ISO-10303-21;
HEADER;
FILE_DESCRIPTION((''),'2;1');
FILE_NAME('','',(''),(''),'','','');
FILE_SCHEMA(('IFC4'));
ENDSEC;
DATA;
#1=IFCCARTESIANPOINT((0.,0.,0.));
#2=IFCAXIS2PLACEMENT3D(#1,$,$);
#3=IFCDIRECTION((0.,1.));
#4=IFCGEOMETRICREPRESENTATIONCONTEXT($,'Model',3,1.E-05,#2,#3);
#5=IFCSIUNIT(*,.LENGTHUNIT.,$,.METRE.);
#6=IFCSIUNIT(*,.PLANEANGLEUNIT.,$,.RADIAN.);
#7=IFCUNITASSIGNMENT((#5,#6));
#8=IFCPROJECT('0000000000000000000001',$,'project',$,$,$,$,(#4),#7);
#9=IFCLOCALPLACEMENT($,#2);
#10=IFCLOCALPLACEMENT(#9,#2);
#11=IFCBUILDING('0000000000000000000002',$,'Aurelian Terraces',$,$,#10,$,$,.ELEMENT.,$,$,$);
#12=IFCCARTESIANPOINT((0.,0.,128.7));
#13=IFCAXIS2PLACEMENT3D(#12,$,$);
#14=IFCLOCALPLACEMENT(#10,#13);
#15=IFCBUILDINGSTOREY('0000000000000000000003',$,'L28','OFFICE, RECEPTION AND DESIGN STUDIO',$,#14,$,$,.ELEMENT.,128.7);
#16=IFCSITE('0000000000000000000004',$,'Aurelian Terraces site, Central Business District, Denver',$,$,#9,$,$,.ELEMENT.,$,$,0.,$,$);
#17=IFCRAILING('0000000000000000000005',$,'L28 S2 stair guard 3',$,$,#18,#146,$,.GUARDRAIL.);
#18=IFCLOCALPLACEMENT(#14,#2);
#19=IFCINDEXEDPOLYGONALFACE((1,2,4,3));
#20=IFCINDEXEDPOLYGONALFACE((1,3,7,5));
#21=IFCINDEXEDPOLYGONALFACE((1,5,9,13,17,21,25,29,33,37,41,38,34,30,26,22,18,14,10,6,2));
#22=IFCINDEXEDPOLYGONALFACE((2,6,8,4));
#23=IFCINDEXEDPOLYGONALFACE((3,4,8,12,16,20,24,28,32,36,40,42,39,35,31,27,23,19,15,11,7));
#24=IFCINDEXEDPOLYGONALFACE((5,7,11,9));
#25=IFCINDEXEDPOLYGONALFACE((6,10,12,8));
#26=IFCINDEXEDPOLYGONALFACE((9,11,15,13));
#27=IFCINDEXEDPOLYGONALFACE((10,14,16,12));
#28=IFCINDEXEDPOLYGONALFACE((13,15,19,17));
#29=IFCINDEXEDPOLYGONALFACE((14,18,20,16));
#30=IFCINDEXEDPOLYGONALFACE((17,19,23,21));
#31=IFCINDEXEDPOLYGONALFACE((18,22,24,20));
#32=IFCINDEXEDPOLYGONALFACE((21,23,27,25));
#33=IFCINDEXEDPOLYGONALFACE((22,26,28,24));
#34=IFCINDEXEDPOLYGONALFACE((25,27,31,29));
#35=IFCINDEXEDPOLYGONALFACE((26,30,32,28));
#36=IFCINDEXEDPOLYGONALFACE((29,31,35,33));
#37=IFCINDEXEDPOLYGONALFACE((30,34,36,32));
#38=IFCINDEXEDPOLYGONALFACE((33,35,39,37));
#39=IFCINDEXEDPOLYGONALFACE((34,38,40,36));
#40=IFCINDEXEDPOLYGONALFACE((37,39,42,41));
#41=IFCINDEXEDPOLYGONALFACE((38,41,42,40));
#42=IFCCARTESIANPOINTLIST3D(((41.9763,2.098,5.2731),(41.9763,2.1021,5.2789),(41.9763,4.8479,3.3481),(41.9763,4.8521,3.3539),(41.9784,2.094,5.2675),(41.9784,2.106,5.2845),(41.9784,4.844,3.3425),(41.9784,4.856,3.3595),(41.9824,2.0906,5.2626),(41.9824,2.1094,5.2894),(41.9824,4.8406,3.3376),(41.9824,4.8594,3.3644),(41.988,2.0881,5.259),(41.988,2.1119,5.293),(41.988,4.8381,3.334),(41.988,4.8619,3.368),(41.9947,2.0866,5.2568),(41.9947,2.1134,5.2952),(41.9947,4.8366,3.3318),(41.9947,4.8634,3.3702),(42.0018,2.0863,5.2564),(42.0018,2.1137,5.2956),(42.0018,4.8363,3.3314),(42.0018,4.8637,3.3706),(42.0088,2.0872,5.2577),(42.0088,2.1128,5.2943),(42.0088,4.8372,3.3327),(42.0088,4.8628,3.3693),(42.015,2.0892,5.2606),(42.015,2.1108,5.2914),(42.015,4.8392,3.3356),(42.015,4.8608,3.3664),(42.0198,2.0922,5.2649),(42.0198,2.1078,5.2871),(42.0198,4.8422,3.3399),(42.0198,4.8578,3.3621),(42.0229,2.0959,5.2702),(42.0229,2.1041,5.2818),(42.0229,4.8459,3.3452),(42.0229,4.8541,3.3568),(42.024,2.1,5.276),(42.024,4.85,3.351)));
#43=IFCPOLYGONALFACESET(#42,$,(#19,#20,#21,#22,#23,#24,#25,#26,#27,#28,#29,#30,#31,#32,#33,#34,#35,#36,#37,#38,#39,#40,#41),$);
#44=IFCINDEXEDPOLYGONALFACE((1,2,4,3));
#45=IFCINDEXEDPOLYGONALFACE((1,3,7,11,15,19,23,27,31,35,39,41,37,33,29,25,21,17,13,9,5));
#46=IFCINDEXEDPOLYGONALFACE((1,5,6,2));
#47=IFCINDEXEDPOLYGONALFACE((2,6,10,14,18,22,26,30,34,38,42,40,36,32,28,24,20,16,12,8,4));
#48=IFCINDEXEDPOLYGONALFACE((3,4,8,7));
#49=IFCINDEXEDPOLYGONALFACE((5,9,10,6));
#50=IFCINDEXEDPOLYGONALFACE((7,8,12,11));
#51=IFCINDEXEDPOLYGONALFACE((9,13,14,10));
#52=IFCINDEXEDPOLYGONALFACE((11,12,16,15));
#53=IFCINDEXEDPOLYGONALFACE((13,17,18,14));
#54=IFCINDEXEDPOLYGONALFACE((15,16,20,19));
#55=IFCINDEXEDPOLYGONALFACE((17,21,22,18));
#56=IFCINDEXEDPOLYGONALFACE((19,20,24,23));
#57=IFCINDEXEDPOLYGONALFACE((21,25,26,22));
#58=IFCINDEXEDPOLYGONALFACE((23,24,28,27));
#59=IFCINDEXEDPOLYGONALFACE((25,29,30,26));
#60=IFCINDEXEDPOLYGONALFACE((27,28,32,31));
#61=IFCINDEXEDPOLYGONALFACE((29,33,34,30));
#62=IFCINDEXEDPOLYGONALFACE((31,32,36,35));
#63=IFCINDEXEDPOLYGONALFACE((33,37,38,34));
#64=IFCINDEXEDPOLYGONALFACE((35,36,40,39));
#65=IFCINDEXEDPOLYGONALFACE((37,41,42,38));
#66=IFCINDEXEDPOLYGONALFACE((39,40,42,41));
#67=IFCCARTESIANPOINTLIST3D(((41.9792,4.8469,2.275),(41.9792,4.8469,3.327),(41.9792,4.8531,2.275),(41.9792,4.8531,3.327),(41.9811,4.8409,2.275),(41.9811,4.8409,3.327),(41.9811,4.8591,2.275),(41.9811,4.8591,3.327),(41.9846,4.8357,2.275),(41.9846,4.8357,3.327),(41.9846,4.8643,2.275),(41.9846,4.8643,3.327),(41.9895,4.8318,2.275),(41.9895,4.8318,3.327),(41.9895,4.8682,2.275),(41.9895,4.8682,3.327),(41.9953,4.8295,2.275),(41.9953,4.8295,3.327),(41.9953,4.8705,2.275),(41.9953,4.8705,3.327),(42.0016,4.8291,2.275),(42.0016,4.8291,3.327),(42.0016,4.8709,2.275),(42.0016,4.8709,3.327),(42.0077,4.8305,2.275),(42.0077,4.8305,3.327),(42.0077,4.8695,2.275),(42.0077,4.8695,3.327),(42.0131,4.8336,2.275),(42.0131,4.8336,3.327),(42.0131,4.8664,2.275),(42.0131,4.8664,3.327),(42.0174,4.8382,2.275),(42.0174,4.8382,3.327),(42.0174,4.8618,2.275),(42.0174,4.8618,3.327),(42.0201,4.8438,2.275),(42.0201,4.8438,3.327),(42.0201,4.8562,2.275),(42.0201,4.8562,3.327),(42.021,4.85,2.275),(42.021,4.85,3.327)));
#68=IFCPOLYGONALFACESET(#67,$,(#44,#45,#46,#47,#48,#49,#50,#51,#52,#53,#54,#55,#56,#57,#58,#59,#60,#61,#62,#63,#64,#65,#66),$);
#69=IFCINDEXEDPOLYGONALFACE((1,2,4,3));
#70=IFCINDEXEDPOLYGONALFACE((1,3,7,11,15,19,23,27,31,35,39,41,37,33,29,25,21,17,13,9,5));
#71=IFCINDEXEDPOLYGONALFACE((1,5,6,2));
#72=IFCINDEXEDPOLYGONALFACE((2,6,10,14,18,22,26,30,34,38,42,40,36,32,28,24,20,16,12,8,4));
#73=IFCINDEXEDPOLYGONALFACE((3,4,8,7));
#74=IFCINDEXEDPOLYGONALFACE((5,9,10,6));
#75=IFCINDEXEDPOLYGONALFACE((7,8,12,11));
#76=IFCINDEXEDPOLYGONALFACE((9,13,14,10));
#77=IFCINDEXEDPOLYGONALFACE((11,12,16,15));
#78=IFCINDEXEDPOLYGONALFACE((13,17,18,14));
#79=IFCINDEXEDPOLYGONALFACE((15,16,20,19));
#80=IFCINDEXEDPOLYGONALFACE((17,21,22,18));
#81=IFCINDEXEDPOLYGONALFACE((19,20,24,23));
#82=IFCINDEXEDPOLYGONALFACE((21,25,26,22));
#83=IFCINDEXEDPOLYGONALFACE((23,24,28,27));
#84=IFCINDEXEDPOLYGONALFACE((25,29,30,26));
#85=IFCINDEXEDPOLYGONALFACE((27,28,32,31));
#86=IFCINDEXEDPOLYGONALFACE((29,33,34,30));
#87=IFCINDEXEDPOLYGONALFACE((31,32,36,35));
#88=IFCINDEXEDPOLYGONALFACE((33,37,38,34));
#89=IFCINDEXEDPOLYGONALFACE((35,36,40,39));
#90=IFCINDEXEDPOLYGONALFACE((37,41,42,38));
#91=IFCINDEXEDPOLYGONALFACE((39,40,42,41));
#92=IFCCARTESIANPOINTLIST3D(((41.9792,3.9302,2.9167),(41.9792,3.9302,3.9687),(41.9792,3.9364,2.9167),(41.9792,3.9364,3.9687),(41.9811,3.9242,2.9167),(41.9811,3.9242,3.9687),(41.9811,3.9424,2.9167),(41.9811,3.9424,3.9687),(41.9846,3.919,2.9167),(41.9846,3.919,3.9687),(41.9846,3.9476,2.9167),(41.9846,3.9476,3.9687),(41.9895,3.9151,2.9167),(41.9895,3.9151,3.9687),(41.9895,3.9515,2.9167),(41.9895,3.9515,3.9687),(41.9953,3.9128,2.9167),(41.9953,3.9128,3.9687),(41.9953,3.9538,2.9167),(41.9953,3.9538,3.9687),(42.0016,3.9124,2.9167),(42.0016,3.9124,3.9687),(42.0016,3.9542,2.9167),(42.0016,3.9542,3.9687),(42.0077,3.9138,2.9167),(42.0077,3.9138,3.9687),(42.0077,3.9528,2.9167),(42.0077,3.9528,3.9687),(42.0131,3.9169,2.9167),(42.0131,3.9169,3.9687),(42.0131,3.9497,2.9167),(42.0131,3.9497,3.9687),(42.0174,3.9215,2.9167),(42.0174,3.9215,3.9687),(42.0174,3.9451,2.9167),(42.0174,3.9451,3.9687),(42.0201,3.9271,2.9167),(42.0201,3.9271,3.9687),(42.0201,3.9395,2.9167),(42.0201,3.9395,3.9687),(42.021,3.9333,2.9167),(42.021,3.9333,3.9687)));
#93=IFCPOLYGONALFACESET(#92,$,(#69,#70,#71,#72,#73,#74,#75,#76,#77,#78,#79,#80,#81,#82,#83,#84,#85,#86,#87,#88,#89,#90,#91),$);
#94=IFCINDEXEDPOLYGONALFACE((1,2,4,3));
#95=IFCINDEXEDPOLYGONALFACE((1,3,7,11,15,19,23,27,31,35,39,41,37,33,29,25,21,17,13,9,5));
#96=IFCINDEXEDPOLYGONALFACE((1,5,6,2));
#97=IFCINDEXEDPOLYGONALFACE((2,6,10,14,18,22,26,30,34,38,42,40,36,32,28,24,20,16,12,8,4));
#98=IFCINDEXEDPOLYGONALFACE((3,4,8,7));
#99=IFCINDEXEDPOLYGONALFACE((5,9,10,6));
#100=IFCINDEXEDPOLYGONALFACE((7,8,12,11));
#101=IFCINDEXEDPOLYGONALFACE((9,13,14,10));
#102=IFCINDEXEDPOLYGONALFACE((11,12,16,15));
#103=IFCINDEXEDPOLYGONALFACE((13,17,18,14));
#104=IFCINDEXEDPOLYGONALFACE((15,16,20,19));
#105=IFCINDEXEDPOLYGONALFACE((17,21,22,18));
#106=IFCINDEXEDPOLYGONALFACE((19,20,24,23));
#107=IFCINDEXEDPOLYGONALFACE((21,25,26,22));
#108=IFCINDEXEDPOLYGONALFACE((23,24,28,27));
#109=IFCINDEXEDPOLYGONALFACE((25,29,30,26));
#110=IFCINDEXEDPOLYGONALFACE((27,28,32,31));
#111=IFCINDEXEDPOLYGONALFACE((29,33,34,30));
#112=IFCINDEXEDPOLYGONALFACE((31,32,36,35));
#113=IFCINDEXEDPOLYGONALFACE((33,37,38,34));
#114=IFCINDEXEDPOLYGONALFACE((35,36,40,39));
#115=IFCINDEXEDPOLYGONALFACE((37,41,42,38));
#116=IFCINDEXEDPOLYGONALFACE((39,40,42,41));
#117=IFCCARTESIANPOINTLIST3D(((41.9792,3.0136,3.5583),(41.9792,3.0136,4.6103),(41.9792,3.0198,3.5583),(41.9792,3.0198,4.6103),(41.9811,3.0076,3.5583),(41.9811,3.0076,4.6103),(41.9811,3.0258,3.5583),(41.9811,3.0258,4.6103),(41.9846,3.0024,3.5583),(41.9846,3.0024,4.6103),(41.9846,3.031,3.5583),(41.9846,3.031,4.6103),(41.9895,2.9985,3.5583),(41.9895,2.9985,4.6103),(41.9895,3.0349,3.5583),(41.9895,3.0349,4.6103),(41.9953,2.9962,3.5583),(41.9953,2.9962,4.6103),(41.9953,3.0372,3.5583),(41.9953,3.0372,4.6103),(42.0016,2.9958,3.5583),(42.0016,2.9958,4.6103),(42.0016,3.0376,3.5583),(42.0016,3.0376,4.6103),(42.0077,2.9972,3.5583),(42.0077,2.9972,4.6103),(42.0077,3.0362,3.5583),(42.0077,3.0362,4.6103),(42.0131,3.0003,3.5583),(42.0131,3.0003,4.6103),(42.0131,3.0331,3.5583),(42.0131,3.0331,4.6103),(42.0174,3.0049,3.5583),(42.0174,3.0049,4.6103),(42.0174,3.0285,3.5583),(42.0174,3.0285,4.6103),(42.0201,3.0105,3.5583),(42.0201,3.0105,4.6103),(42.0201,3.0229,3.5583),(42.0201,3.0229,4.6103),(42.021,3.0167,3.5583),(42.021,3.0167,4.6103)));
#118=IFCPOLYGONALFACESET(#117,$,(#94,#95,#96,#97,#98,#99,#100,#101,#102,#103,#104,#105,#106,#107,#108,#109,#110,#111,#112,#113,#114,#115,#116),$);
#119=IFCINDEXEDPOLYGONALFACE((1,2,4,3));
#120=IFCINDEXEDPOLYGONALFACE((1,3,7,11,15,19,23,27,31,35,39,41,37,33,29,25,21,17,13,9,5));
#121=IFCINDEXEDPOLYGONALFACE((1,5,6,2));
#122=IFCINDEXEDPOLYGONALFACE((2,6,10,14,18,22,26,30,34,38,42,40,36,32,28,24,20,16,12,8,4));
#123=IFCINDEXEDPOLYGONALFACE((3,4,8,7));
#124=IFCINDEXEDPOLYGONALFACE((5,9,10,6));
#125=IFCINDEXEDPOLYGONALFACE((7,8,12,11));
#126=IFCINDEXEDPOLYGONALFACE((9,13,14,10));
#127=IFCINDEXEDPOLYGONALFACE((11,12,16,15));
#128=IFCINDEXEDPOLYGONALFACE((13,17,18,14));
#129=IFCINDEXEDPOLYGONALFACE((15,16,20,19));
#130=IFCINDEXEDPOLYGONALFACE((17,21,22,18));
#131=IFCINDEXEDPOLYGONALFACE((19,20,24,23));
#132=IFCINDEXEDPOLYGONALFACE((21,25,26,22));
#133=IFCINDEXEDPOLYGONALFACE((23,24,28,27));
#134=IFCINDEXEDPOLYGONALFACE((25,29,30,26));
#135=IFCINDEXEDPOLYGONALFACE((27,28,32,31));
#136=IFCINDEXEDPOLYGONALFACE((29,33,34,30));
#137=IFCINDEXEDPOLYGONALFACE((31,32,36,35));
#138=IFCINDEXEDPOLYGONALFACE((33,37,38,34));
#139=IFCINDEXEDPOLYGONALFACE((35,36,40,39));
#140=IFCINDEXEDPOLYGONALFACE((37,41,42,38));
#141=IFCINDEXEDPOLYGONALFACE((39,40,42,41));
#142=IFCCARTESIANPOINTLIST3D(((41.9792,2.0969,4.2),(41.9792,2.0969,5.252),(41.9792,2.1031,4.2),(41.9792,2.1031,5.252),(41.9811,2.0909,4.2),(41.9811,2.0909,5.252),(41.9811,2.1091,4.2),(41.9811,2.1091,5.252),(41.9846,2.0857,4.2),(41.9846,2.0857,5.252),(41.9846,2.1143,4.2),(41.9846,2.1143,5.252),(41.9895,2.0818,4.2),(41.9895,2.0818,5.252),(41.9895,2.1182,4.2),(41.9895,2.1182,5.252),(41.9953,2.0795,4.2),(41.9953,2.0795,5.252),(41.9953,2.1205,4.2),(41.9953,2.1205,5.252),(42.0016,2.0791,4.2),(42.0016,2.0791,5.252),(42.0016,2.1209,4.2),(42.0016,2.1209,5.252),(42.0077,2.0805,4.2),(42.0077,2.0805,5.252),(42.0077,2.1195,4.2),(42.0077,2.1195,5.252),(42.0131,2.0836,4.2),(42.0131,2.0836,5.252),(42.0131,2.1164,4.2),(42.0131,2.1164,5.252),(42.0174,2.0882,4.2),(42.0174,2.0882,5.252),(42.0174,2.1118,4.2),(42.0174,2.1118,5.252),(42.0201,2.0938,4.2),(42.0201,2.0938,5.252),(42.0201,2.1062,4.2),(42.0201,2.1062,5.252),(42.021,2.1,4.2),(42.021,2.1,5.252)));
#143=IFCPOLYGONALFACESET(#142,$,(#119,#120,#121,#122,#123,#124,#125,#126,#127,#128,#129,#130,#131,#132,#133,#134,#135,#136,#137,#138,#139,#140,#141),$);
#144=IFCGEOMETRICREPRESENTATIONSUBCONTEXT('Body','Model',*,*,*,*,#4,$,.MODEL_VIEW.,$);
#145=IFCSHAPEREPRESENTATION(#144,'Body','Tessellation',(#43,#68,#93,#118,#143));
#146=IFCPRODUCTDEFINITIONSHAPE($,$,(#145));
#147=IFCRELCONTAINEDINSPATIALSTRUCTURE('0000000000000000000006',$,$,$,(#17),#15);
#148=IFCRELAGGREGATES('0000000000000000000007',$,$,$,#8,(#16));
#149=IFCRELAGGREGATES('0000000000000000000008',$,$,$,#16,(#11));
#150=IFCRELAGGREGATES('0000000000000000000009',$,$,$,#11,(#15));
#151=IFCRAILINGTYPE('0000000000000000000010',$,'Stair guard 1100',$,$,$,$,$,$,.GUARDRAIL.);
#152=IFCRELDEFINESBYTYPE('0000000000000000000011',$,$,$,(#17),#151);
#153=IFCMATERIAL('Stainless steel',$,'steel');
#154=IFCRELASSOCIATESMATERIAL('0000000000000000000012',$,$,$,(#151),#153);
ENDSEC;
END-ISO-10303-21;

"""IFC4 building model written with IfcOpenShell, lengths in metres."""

from ifc_helpers import new_model, si_unit, direction, frame, origin, origin_2d, place, context, subcontext, project, spatial, circle, extrude, source, transform, mapped, material, type_object, element, save


model = new_model("IFC4")

# Units and contexts
model_context = context("Model", 3, precision=1e-05, world=origin(), true_north=direction((0.0, 1.0)))
body_context = subcontext(model_context, "Body", "Model", "MODEL_VIEW")
ifc_project = project(units=[si_unit("LENGTHUNIT", "METRE"), si_unit("PLANEANGLEUNIT", "RADIAN")], contexts=[model_context])

# Site, building, storey
site_placement = place(None, origin())
site = spatial("IfcSite", under=ifc_project, at=site_placement, Name="Aurelian Terraces site, Central Business District, Denver", CompositionType="ELEMENT", RefElevation=0.0)
building_placement = place(site_placement, origin())
building = spatial("IfcBuilding", under=site, at=building_placement, Name="Aurelian Terraces", CompositionType="ELEMENT")
storey_placement = place(building_placement, frame((0.0, 0.0, 128.7)))
storey = spatial("IfcBuildingStorey", under=building, at=storey_placement, Name="L28", Description="OFFICE, RECEPTION AND DESIGN STUDIO", CompositionType="ELEMENT", Elevation=128.7)

# Railing
ifc_material_1 = material(Name="Stainless steel", Category="steel")
railing_type_1 = type_object("IfcRailingType", Name="Stair guard 1100", PredefinedType="GUARDRAIL", material=ifc_material_1)
shared_shape_1 = source(origin(), body_context, "Body", "SweptSolid", [
    extrude(circle(Radius=0.024, at=origin_2d()), frame((0.0, 0.0, 1.076), z_axis=(0.0, -0.819232, 0.573462), x_axis=(1.0, 0.0, 0.0)), (0.0, 0.0, 1.0), 3.3568),
    extrude(circle(Radius=0.021, at=origin_2d()), origin(), (0.0, 0.0, 1.0), 1.052),
    extrude(circle(Radius=0.021, at=origin_2d()), frame((0.0, -0.9167, 0.6417)), (0.0, 0.0, 1.0), 1.052),
    extrude(circle(Radius=0.021, at=origin_2d()), frame((0.0, -1.8333, 1.2833)), (0.0, 0.0, 1.0), 1.052),
    extrude(circle(Radius=0.021, at=origin_2d()), frame((0.0, -2.75, 1.925)), (0.0, 0.0, 1.0), 1.052),
])
railing_1_placement = place(storey_placement, frame((42.0, 4.85, 2.275)))
element("IfcRailing", 1, at=railing_1_placement, inside=storey, type_object=railing_type_1, Name="L28 S2 stair guard 3", PredefinedType="GUARDRAIL", context=body_context, shape_type="MappedRepresentation", body=[
    mapped(shared_shape_1, transform((0.0, 0.0, 0.0), scale=1.0)),
])

save(model, "model.ifc")
